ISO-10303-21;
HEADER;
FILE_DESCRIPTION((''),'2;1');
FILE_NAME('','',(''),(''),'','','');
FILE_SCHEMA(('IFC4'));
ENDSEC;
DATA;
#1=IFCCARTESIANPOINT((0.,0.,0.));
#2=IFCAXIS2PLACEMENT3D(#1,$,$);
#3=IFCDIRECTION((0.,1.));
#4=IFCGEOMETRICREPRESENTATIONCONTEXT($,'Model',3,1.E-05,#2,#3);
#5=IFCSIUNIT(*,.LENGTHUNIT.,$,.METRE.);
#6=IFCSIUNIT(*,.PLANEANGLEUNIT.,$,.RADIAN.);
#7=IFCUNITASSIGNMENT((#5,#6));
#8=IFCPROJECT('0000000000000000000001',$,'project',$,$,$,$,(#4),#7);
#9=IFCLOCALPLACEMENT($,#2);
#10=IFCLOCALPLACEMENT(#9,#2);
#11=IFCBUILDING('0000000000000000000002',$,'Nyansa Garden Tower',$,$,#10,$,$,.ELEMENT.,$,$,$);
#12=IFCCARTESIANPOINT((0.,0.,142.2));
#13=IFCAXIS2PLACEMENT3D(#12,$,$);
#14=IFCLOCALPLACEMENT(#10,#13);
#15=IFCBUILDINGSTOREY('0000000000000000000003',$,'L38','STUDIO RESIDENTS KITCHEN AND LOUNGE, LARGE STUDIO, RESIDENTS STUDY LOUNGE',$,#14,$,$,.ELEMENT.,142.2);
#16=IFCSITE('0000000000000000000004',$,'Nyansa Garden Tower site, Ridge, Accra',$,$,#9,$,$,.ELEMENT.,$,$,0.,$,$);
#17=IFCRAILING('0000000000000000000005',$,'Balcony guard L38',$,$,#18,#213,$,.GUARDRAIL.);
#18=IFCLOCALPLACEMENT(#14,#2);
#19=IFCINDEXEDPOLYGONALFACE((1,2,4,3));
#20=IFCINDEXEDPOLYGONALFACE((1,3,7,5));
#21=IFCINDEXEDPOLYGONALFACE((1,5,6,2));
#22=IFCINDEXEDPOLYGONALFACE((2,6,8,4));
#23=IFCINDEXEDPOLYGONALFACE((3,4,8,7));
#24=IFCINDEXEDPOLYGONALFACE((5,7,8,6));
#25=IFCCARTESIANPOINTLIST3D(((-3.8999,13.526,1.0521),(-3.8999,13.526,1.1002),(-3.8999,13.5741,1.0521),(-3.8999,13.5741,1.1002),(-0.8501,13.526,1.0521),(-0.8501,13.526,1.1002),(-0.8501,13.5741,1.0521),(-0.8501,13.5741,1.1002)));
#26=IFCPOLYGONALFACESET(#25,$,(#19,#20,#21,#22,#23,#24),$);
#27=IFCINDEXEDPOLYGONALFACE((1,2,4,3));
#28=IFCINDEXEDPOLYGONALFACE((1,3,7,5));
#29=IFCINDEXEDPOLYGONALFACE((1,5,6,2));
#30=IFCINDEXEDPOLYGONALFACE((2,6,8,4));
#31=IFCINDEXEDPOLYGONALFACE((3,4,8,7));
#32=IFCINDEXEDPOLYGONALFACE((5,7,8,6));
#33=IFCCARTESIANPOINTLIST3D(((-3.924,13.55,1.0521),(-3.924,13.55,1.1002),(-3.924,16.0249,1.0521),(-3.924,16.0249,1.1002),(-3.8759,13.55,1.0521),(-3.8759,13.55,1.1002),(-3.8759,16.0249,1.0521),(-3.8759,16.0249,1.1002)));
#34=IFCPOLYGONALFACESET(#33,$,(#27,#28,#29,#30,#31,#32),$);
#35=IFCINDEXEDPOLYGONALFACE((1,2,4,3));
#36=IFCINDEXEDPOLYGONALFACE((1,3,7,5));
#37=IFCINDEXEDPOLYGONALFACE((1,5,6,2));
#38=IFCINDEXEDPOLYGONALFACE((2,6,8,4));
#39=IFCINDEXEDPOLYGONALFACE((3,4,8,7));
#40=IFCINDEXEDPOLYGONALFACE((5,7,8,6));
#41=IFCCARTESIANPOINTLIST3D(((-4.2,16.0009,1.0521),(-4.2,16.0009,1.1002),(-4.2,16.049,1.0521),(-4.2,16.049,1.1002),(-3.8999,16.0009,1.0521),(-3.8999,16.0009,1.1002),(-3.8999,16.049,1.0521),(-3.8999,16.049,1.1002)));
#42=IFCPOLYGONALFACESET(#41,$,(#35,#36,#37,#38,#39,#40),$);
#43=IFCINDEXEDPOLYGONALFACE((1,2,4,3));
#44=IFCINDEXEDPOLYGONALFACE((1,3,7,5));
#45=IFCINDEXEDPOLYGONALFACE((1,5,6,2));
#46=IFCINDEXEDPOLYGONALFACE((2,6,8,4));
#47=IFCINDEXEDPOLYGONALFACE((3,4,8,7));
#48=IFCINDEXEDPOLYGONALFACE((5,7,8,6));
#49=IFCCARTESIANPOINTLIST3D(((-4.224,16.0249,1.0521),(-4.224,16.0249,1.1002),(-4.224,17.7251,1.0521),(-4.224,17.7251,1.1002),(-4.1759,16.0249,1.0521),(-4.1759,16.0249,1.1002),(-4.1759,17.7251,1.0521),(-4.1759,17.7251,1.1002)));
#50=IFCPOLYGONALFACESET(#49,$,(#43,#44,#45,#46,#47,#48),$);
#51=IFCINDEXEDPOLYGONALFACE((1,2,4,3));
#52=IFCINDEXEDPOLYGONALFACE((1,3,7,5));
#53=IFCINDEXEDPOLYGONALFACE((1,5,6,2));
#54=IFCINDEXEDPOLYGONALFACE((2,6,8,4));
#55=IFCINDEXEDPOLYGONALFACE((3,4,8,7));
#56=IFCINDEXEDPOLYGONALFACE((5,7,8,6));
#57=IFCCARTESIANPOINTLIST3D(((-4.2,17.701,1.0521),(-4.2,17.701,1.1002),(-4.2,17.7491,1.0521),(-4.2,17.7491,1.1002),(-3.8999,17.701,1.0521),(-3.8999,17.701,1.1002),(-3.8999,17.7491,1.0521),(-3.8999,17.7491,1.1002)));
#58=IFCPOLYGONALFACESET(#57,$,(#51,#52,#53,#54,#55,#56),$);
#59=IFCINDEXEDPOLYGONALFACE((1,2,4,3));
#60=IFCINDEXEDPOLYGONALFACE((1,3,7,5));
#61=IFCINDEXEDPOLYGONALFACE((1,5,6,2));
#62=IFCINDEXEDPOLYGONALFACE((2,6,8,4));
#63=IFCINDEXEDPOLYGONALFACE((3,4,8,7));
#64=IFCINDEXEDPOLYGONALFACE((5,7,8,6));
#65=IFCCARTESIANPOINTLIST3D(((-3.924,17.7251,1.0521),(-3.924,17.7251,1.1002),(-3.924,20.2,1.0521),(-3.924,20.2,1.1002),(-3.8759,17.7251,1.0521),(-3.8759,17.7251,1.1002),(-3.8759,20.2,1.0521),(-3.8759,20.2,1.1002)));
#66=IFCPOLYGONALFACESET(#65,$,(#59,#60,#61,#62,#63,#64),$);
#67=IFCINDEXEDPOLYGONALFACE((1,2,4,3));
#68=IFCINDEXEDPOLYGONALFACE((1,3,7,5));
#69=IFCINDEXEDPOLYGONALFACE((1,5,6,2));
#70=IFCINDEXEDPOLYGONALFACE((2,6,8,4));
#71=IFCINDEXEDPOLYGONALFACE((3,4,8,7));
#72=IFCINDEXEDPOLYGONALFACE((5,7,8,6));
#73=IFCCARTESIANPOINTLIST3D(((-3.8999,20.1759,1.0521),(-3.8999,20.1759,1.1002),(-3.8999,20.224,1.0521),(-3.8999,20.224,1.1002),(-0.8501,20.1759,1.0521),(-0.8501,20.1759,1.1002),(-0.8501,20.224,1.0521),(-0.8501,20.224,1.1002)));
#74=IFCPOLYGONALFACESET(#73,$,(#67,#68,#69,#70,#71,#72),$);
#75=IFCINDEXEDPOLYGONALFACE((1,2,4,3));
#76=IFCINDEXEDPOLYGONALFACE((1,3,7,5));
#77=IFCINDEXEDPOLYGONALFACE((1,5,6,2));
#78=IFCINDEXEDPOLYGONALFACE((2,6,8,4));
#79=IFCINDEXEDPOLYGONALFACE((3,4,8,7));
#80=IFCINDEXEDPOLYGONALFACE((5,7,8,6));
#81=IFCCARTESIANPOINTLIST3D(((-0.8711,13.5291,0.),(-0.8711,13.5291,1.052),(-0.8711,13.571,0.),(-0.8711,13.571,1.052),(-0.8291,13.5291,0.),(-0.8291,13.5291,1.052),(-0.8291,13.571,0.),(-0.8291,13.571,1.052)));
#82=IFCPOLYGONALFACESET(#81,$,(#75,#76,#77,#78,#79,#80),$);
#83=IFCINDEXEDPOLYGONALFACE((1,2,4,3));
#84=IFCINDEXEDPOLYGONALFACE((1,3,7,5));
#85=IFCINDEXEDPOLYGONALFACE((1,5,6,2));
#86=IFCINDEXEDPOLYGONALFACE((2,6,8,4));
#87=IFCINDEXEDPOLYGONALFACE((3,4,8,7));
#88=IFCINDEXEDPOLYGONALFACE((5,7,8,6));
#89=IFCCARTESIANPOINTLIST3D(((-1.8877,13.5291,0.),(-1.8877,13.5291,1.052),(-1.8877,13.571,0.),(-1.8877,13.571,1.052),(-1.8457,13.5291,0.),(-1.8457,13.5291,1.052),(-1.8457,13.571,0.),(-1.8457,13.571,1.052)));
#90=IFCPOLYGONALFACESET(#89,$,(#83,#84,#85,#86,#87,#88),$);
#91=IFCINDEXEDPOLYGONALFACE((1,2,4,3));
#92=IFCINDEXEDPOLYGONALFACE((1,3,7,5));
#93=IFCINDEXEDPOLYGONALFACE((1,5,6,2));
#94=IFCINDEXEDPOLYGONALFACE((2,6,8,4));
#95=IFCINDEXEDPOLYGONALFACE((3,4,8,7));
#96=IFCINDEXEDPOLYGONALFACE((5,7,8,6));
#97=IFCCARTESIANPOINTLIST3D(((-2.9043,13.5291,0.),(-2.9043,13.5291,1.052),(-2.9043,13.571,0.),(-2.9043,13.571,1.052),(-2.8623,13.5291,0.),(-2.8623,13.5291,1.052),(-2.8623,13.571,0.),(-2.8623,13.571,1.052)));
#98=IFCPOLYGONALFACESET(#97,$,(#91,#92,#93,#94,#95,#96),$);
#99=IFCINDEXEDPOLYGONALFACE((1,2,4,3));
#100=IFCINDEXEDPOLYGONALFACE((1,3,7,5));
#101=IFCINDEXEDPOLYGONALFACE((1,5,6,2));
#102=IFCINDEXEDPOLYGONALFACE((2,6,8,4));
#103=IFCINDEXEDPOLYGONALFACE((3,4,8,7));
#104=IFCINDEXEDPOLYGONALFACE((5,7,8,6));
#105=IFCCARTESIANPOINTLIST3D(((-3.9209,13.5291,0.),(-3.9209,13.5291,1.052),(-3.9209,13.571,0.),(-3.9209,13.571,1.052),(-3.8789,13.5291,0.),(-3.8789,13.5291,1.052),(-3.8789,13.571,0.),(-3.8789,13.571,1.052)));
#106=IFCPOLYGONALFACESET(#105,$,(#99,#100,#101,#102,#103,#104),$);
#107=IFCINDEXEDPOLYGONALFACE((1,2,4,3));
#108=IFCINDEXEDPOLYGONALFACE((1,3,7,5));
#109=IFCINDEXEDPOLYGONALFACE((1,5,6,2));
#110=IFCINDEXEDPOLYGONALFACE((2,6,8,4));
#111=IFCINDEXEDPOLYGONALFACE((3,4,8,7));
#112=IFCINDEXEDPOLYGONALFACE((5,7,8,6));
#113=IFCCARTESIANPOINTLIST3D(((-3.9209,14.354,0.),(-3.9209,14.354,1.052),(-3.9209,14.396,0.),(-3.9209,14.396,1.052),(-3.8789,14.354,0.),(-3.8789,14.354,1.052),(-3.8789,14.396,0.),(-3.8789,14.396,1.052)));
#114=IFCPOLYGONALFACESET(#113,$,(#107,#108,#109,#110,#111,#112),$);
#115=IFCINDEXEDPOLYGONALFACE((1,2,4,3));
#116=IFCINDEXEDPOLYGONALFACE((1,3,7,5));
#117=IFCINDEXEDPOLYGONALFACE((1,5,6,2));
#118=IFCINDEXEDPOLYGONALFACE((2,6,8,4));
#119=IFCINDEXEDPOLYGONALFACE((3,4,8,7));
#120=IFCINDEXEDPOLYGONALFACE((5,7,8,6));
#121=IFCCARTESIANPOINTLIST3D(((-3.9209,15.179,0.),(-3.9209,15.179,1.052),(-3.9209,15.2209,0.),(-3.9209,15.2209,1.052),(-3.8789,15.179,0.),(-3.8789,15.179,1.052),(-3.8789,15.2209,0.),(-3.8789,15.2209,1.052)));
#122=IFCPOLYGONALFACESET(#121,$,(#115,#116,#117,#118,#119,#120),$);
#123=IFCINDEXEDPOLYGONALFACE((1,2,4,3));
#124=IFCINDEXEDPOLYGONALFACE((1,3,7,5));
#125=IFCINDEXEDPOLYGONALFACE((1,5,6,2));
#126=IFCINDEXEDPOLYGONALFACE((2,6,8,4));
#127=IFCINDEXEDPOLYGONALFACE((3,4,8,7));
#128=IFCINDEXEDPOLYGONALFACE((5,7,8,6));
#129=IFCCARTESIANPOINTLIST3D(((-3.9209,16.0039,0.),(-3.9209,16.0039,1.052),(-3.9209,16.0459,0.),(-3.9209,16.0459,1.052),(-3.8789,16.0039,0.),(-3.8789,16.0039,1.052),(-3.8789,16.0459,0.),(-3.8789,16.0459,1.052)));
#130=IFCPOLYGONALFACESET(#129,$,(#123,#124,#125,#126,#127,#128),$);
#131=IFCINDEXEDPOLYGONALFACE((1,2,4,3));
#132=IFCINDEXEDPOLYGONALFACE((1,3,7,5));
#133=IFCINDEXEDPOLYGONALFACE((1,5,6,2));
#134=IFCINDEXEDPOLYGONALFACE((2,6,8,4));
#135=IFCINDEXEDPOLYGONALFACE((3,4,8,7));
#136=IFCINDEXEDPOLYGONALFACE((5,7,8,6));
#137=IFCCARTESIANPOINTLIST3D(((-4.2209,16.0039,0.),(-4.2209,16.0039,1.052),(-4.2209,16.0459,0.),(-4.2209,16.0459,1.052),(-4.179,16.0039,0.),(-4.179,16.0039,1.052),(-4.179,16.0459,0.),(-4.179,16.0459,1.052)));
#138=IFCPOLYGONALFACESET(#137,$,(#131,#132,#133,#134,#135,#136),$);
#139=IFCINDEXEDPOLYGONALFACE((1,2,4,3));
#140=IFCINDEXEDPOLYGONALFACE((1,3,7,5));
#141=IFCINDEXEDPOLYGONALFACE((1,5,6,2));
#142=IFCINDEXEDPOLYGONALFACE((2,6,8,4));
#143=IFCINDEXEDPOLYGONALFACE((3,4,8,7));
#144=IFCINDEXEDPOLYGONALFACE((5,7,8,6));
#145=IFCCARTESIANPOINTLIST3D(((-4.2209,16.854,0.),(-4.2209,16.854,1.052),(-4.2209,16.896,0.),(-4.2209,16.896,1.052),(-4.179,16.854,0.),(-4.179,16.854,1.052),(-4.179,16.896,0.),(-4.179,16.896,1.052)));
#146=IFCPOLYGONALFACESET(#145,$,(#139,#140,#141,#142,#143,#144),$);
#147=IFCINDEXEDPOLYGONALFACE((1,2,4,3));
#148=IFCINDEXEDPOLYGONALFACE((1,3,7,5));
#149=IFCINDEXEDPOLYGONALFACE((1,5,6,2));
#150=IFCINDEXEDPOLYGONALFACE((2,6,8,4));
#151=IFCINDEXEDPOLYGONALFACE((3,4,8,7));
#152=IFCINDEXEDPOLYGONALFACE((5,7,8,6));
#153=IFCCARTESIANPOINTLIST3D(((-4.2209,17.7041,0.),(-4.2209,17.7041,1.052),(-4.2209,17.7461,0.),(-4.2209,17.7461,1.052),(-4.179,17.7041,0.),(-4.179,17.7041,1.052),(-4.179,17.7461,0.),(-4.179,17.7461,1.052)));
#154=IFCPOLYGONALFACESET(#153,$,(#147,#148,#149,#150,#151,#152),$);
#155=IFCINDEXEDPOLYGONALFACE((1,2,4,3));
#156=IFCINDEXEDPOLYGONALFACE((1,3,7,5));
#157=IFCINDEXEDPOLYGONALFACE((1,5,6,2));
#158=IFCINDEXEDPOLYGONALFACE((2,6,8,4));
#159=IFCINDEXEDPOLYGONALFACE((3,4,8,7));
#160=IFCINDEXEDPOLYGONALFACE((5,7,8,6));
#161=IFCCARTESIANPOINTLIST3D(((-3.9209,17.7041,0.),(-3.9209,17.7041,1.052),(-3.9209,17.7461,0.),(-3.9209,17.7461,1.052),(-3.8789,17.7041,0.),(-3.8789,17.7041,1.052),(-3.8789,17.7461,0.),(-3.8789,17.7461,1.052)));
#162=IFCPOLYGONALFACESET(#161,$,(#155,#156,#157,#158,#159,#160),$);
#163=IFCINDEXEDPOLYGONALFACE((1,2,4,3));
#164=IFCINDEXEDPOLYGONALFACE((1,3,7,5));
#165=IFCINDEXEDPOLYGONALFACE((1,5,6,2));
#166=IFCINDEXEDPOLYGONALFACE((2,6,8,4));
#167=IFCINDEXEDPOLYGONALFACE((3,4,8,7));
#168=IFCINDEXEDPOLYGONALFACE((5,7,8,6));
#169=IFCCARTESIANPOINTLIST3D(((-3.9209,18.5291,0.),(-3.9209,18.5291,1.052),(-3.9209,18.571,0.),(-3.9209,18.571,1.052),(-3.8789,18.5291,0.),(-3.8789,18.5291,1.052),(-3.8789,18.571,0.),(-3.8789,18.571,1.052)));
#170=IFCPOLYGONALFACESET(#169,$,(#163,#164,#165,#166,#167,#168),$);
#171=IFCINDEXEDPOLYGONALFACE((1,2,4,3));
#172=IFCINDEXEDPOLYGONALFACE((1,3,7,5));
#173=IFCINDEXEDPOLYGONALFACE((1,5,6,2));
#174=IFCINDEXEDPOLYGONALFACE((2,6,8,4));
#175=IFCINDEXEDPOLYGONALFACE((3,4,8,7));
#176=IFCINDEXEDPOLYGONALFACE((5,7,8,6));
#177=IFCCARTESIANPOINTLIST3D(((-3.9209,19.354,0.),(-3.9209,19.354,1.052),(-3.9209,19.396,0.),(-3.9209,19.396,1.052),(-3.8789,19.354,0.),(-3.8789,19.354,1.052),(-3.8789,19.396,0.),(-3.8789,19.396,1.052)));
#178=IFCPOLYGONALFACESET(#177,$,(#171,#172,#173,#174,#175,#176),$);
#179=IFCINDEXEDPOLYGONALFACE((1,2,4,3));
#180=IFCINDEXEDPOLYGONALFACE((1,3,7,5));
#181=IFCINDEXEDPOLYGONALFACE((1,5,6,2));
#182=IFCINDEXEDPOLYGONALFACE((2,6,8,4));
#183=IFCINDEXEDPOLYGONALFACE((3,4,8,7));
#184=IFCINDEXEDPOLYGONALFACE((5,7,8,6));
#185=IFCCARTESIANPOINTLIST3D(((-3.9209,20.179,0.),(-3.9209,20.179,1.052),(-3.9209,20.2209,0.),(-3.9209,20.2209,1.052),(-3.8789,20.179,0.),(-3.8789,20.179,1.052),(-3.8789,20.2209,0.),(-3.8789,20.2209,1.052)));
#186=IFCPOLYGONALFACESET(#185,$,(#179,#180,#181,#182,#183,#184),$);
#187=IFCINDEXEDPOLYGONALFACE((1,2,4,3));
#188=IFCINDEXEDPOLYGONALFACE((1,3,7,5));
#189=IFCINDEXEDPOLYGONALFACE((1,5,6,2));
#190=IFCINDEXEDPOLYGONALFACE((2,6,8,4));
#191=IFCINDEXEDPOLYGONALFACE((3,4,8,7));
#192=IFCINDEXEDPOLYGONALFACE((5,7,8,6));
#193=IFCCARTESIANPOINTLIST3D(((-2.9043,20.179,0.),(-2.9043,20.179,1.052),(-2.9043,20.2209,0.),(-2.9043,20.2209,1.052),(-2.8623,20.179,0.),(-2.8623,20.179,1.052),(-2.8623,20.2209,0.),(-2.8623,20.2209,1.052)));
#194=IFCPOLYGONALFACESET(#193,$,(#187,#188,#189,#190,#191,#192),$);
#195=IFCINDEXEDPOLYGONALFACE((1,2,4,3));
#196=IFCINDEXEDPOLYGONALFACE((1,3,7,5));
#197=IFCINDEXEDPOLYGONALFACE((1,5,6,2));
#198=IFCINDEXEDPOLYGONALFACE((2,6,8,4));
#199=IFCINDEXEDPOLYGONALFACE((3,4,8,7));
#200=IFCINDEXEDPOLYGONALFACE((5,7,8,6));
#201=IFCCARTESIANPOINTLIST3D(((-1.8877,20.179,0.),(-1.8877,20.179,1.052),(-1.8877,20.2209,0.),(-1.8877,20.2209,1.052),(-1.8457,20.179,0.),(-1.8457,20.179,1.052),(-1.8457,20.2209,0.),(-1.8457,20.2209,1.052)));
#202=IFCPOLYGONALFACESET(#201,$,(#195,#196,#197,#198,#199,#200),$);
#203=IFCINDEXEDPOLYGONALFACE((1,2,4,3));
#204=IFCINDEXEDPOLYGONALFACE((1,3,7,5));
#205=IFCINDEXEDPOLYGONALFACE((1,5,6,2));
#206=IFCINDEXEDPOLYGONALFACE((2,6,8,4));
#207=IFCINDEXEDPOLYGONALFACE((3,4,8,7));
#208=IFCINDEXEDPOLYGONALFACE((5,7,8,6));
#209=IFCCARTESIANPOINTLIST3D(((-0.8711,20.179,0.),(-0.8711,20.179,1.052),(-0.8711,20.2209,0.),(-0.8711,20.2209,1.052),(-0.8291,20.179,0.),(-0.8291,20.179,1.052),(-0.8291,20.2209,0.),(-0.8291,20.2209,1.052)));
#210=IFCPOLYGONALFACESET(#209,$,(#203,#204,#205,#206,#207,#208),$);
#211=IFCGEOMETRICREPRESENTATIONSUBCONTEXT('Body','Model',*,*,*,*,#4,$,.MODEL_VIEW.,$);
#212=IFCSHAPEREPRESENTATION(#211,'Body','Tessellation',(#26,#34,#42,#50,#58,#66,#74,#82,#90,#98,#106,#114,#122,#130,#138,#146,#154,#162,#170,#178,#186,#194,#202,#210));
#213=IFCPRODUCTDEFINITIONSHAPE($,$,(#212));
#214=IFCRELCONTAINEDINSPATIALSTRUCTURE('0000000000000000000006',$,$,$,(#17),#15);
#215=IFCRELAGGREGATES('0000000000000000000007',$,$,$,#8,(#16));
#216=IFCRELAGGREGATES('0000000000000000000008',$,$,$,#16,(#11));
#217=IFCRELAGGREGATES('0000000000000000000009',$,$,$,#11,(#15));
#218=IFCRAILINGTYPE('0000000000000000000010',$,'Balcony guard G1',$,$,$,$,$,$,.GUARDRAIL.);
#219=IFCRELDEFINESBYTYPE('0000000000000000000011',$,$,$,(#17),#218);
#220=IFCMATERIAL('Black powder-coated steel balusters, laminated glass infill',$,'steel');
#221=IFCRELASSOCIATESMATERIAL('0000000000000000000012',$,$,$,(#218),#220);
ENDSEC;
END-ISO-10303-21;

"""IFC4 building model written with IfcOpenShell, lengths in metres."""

from ifc_helpers import new_model, si_unit, direction, frame, origin, origin_2d, place, context, subcontext, project, spatial, rectangle, extrude, material, type_object, element, save


model = new_model("IFC4")

# Units and contexts
model_context = context("Model", 3, precision=1e-05, world=origin(), true_north=direction((0.0, 1.0)))
body_context = subcontext(model_context, "Body", "Model", "MODEL_VIEW")
ifc_project = project(units=[si_unit("LENGTHUNIT", "METRE"), si_unit("PLANEANGLEUNIT", "RADIAN")], contexts=[model_context])

# Site, building, storey
site_placement = place(None, origin())
site = spatial("IfcSite", under=ifc_project, at=site_placement, Name="Nyansa Garden Tower site, Ridge, Accra", CompositionType="ELEMENT", RefElevation=0.0)
building_placement = place(site_placement, origin())
building = spatial("IfcBuilding", under=site, at=building_placement, Name="Nyansa Garden Tower", CompositionType="ELEMENT")
storey_placement = place(building_placement, frame((0.0, 0.0, 142.2)))
storey = spatial("IfcBuildingStorey", under=building, at=storey_placement, Name="L38", Description="STUDIO RESIDENTS KITCHEN AND LOUNGE, LARGE STUDIO, RESIDENTS STUDY LOUNGE", CompositionType="ELEMENT", Elevation=142.2)

# Railing
ifc_material_1 = material(Name="Black powder-coated steel balusters, laminated glass infill", Category="steel")
railing_type = type_object("IfcRailingType", Name="Balcony guard G1", PredefinedType="GUARDRAIL", material=ifc_material_1)
railing_placement = place(storey_placement, frame((-0.8501, 13.55, 0.0)))
element("IfcRailing", 1, at=railing_placement, inside=storey, type_object=railing_type, Name="Balcony guard L38", PredefinedType="GUARDRAIL", context=body_context, shape_type="SweptSolid", body=[
    extrude(rectangle(XDim=0.0481, YDim=0.0481, at=origin_2d()), frame((0.0, 0.0, 1.0762), z_axis=(-1.0, 0.0, 0.0), x_axis=(0.0, -1.0, 0.0)), (0.0, 0.0, 1.0), 3.0498),
    extrude(rectangle(XDim=0.0481, YDim=0.0481, at=origin_2d()), frame((-3.0498, 0.0, 1.0762), z_axis=(0.0, 1.0, 0.0), x_axis=(-1.0, 0.0, 0.0)), (0.0, 0.0, 1.0), 2.4749),
    extrude(rectangle(XDim=0.0481, YDim=0.0481, at=origin_2d()), frame((-3.0498, 2.4749, 1.0762), z_axis=(-1.0, 0.0, 0.0), x_axis=(0.0, -1.0, 0.0)), (0.0, 0.0, 1.0), 0.3),
    extrude(rectangle(XDim=0.0481, YDim=0.0481, at=origin_2d()), frame((-3.3499, 2.4749, 1.0762), z_axis=(0.0, 1.0, 0.0), x_axis=(-1.0, 0.0, 0.0)), (0.0, 0.0, 1.0), 1.7002),
    extrude(rectangle(XDim=0.0481, YDim=0.0481, at=origin_2d()), frame((-3.3499, 4.175, 1.0762), z_axis=(1.0, 0.0, 0.0), x_axis=(0.0, 1.0, 0.0)), (0.0, 0.0, 1.0), 0.3),
    extrude(rectangle(XDim=0.0481, YDim=0.0481, at=origin_2d()), frame((-3.0498, 4.175, 1.0762), z_axis=(0.0, 1.0, 0.0), x_axis=(-1.0, 0.0, 0.0)), (0.0, 0.0, 1.0), 2.4749),
    extrude(rectangle(XDim=0.0481, YDim=0.0481, at=origin_2d()), frame((-3.0498, 6.6499, 1.0762), z_axis=(1.0, 0.0, 0.0), x_axis=(0.0, 1.0, 0.0)), (0.0, 0.0, 1.0), 3.0498),
    extrude(rectangle(XDim=0.042, YDim=0.042, at=origin_2d()), origin(), (0.0, 0.0, 1.0), 1.052),
    extrude(rectangle(XDim=0.042, YDim=0.042, at=origin_2d()), frame((-1.0166, 0.0, 0.0)), (0.0, 0.0, 1.0), 1.052),
    extrude(rectangle(XDim=0.042, YDim=0.042, at=origin_2d()), frame((-2.0332, 0.0, 0.0)), (0.0, 0.0, 1.0), 1.052),
    extrude(rectangle(XDim=0.042, YDim=0.042, at=origin_2d()), frame((-3.0498, 0.0, 0.0)), (0.0, 0.0, 1.0), 1.052),
    extrude(rectangle(XDim=0.042, YDim=0.042, at=origin_2d()), frame((-3.0498, 0.825, 0.0)), (0.0, 0.0, 1.0), 1.052),
    extrude(rectangle(XDim=0.042, YDim=0.042, at=origin_2d()), frame((-3.0498, 1.6499, 0.0)), (0.0, 0.0, 1.0), 1.052),
    extrude(rectangle(XDim=0.042, YDim=0.042, at=origin_2d()), frame((-3.0498, 2.4749, 0.0)), (0.0, 0.0, 1.0), 1.052),
    extrude(rectangle(XDim=0.042, YDim=0.042, at=origin_2d()), frame((-3.3499, 2.4749, 0.0)), (0.0, 0.0, 1.0), 1.052),
    extrude(rectangle(XDim=0.042, YDim=0.042, at=origin_2d()), frame((-3.3499, 3.325, 0.0)), (0.0, 0.0, 1.0), 1.052),
    extrude(rectangle(XDim=0.042, YDim=0.042, at=origin_2d()), frame((-3.3499, 4.175, 0.0)), (0.0, 0.0, 1.0), 1.052),
    extrude(rectangle(XDim=0.042, YDim=0.042, at=origin_2d()), frame((-3.0498, 4.175, 0.0)), (0.0, 0.0, 1.0), 1.052),
    extrude(rectangle(XDim=0.042, YDim=0.042, at=origin_2d()), frame((-3.0498, 5.0, 0.0)), (0.0, 0.0, 1.0), 1.052),
    extrude(rectangle(XDim=0.042, YDim=0.042, at=origin_2d()), frame((-3.0498, 5.825, 0.0)), (0.0, 0.0, 1.0), 1.052),
    extrude(rectangle(XDim=0.042, YDim=0.042, at=origin_2d()), frame((-3.0498, 6.6499, 0.0)), (0.0, 0.0, 1.0), 1.052),
    extrude(rectangle(XDim=0.042, YDim=0.042, at=origin_2d()), frame((-2.0332, 6.6499, 0.0)), (0.0, 0.0, 1.0), 1.052),
    extrude(rectangle(XDim=0.042, YDim=0.042, at=origin_2d()), frame((-1.0166, 6.6499, 0.0)), (0.0, 0.0, 1.0), 1.052),
    extrude(rectangle(XDim=0.042, YDim=0.042, at=origin_2d()), frame((0.0, 6.6499, 0.0)), (0.0, 0.0, 1.0), 1.052),
])

save(model, "model.ifc")
